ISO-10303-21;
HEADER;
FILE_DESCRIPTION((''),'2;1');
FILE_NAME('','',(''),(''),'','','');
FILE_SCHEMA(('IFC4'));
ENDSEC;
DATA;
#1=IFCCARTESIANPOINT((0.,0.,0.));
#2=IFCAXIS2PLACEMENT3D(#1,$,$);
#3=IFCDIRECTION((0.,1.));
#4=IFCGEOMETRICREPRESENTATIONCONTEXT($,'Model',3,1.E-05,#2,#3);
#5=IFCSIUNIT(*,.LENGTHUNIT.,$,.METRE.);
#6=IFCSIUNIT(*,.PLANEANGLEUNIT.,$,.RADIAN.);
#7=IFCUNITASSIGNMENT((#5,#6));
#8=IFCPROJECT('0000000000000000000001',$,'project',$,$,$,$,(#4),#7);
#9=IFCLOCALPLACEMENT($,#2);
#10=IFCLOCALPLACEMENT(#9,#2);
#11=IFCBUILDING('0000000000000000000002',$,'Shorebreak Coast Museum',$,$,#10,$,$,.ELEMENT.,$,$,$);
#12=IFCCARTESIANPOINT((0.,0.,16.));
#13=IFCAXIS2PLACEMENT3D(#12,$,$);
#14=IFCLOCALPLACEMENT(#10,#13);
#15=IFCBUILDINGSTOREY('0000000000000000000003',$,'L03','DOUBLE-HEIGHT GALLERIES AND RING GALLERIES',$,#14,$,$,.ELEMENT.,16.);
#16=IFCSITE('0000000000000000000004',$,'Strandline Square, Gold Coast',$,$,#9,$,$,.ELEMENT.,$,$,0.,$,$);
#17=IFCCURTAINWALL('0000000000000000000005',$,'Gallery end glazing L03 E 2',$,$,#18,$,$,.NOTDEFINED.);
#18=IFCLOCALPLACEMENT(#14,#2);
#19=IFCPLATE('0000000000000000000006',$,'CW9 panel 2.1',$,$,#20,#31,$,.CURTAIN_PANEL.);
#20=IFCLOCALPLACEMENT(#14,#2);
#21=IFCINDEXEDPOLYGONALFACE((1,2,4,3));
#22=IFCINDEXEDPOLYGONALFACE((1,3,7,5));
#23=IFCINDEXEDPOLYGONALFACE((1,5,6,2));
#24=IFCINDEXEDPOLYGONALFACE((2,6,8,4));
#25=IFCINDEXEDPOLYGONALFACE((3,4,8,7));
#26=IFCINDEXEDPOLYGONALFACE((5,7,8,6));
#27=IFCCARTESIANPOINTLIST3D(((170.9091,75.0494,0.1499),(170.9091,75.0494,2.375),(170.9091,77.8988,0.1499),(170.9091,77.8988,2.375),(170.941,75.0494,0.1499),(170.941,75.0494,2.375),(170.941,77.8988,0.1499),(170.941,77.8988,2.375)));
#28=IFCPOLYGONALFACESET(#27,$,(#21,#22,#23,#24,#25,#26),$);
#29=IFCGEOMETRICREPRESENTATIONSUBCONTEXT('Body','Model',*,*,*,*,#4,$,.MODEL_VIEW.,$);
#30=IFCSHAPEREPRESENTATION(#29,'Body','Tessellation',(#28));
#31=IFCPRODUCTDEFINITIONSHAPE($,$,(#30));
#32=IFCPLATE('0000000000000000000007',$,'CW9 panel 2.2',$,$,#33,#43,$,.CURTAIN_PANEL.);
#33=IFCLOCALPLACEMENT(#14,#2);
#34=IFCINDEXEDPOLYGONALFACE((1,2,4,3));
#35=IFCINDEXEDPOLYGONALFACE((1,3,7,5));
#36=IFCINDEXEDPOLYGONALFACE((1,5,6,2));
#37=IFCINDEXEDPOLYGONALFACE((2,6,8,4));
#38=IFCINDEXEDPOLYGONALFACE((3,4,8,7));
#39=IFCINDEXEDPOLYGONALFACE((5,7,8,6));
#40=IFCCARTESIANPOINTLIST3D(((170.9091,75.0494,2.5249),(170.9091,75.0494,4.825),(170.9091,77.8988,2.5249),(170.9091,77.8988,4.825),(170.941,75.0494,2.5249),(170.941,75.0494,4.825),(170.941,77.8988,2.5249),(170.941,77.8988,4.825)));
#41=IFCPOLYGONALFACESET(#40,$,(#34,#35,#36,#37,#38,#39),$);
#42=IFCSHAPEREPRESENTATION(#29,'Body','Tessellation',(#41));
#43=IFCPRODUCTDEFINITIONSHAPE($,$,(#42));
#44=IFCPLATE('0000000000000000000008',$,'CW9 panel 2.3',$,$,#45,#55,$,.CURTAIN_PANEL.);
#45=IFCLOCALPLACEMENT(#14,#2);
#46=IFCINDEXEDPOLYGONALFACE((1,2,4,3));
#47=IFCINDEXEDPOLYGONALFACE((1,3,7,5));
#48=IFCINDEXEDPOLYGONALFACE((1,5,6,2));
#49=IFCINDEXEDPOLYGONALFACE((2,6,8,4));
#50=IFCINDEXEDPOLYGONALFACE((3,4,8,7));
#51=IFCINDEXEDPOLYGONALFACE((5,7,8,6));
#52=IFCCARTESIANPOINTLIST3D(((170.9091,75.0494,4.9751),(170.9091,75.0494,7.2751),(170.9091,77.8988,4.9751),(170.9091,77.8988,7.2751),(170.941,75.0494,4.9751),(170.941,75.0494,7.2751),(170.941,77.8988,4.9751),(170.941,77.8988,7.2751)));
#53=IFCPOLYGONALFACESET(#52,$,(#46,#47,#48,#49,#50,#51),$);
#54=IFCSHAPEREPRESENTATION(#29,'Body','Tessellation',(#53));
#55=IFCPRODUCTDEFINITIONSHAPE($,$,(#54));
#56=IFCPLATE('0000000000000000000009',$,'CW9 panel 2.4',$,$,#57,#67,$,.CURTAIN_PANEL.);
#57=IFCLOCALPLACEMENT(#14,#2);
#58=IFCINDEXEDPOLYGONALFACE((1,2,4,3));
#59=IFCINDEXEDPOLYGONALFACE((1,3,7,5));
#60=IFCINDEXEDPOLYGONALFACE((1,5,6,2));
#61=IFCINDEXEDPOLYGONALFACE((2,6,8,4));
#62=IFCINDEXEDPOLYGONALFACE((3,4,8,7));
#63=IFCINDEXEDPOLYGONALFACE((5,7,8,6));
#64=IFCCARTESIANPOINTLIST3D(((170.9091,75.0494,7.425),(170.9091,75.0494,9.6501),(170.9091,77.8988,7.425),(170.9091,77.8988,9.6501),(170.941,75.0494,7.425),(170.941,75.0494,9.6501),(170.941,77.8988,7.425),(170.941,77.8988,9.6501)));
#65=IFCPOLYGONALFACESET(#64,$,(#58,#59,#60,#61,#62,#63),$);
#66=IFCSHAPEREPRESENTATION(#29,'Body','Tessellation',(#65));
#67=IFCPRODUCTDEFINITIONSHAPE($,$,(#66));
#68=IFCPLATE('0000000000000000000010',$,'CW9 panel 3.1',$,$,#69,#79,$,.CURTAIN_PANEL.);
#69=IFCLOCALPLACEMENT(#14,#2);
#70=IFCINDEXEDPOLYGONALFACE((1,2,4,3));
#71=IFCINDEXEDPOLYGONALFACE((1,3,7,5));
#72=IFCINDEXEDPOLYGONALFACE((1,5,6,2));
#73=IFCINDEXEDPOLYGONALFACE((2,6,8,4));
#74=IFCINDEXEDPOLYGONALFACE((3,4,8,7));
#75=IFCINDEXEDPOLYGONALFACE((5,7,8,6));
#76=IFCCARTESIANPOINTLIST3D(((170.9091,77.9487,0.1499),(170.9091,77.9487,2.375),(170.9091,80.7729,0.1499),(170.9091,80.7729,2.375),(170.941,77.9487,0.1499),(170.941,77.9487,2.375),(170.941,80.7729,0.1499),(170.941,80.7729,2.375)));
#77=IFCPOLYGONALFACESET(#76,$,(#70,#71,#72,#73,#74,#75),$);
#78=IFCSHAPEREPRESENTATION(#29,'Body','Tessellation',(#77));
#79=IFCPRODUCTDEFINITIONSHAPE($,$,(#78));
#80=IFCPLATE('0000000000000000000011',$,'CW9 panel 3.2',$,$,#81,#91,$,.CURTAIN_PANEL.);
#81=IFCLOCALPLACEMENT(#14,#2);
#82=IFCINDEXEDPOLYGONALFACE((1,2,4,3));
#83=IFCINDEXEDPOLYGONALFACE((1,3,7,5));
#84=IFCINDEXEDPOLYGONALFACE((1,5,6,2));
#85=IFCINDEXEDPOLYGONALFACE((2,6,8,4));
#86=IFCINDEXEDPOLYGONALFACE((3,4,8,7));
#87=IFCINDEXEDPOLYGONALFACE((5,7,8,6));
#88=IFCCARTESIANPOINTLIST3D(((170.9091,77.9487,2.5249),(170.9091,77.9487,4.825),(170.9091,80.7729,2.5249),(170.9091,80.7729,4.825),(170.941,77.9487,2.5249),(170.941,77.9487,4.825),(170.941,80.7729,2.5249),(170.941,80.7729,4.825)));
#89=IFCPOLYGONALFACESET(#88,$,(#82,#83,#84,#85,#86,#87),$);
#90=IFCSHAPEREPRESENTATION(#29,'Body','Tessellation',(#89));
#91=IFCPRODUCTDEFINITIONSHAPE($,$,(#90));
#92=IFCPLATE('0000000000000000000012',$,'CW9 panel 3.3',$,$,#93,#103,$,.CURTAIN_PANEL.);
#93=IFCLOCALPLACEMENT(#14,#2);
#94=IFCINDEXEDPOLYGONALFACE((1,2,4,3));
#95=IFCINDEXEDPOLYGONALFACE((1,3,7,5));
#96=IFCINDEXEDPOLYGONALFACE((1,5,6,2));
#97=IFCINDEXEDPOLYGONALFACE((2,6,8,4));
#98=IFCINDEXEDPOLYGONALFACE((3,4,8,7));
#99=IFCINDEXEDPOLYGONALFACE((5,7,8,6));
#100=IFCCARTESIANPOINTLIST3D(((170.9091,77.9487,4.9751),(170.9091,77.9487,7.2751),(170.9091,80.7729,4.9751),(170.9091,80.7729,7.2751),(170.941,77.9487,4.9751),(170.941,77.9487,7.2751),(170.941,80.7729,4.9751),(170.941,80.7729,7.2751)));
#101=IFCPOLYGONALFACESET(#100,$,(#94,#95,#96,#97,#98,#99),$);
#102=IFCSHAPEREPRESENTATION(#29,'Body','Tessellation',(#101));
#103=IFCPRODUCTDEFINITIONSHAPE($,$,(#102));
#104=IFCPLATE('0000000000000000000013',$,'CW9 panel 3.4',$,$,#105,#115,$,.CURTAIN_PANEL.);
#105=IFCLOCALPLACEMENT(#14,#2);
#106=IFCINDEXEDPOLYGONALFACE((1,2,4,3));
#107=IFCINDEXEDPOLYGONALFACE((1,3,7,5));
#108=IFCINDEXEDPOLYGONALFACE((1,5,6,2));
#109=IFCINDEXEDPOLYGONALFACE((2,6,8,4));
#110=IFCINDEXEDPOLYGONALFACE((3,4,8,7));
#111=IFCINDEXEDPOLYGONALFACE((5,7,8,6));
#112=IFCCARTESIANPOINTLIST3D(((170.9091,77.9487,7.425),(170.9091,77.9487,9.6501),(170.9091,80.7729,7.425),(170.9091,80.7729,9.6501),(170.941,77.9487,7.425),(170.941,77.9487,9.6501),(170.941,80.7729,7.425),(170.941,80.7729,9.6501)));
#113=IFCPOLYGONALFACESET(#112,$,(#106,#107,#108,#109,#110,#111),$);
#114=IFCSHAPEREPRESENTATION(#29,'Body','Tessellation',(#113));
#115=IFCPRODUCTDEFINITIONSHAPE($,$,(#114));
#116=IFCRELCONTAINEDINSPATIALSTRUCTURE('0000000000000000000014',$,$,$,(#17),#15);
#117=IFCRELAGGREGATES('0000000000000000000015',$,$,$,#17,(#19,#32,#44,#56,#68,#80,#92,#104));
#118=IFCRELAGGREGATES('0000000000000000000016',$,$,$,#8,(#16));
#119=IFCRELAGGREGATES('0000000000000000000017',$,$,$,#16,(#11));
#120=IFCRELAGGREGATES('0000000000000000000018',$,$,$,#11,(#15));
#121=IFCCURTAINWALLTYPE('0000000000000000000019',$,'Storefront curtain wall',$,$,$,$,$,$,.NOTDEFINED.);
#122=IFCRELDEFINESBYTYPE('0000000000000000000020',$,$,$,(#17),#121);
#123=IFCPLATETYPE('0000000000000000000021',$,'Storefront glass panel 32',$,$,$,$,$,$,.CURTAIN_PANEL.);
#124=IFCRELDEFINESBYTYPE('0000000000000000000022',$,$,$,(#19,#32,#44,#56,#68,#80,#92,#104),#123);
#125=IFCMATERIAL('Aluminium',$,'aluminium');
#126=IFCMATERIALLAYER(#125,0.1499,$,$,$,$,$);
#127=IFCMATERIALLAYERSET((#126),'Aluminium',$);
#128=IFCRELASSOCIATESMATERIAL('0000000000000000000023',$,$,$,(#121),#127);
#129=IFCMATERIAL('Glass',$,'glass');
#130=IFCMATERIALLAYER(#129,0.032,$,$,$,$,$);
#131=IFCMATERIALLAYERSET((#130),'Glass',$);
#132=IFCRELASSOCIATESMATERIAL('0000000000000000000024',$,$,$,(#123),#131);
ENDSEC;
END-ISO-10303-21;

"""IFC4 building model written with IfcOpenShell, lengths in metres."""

from ifc_helpers import new_model, si_unit, direction, frame, origin, origin_2d, place, context, subcontext, project, spatial, rectangle, extrude, material, layer, layer_set, type_object, element, aggregate, save


model = new_model("IFC4")

# Units and contexts
model_context = context("Model", 3, precision=1e-05, world=origin(), true_north=direction((0.0, 1.0)))
body_context = subcontext(model_context, "Body", "Model", "MODEL_VIEW")
ifc_project = project(units=[si_unit("LENGTHUNIT", "METRE"), si_unit("PLANEANGLEUNIT", "RADIAN")], contexts=[model_context])

# Site, building, storey
site_placement = place(None, origin())
site = spatial("IfcSite", under=ifc_project, at=site_placement, Name="Strandline Square, Gold Coast", CompositionType="ELEMENT", RefElevation=0.0)
building_placement = place(site_placement, origin())
building = spatial("IfcBuilding", under=site, at=building_placement, Name="Shorebreak Coast Museum", CompositionType="ELEMENT")
storey_placement = place(building_placement, frame((0.0, 0.0, 16.0)))
storey = spatial("IfcBuildingStorey", under=building, at=storey_placement, Name="L03", Description="DOUBLE-HEIGHT GALLERIES AND RING GALLERIES", CompositionType="ELEMENT", Elevation=16.0)

# Curtain wall, plates
ifc_material_1 = material(Name="Aluminium", Category="aluminium")
ifc_layer_1 = layer(ifc_material_1, 0.1499)
ifc_layer_set_1 = layer_set([ifc_layer_1], Name="Aluminium")
curtain_wall_type = type_object("IfcCurtainWallType", Name="Storefront curtain wall", PredefinedType="NOTDEFINED", material=ifc_layer_set_1)
curtain_wall_placement = place(storey_placement, origin())
curtain_wall = element("IfcCurtainWall", 1, at=curtain_wall_placement, inside=storey, type_object=curtain_wall_type, Name="Gallery end glazing L03 E 2", PredefinedType="NOTDEFINED")
ifc_material_2 = material(Name="Glass", Category="glass")
ifc_layer_2 = layer(ifc_material_2, 0.032)
ifc_layer_set_2 = layer_set([ifc_layer_2], Name="Glass")
plate_type = type_object("IfcPlateType", Name="Storefront glass panel 32", PredefinedType="CURTAIN_PANEL", material=ifc_layer_set_2)
plate_1_placement = place(storey_placement, frame((170.925, 76.4741, 0.1499), z_axis=(0.0, 0.0, 1.0), x_axis=(0.0, 1.0, 0.0)))
plate_1 = element("IfcPlate", 2, at=plate_1_placement, type_object=plate_type, Name="CW9 panel 2.1", PredefinedType="CURTAIN_PANEL", context=body_context, shape_type="SweptSolid", body=[
    extrude(rectangle(XDim=2.8494, YDim=0.032, at=origin_2d()), origin(), (0.0, 0.0, 1.0), 2.2251),
])
plate_2_placement = place(storey_placement, frame((170.925, 76.4741, 2.5249), z_axis=(0.0, 0.0, 1.0), x_axis=(0.0, 1.0, 0.0)))
plate_2 = element("IfcPlate", 3, at=plate_2_placement, type_object=plate_type, Name="CW9 panel 2.2", PredefinedType="CURTAIN_PANEL", context=body_context, shape_type="SweptSolid", body=[
    extrude(rectangle(XDim=2.8494, YDim=0.032, at=origin_2d()), origin(), (0.0, 0.0, 1.0), 2.3),
])
plate_3_placement = place(storey_placement, frame((170.925, 76.4741, 4.9751), z_axis=(0.0, 0.0, 1.0), x_axis=(0.0, 1.0, 0.0)))
plate_3 = element("IfcPlate", 4, at=plate_3_placement, type_object=plate_type, Name="CW9 panel 2.3", PredefinedType="CURTAIN_PANEL", context=body_context, shape_type="SweptSolid", body=[
    extrude(rectangle(XDim=2.8494, YDim=0.032, at=origin_2d()), origin(), (0.0, 0.0, 1.0), 2.3),
])
plate_4_placement = place(storey_placement, frame((170.925, 76.4741, 7.425), z_axis=(0.0, 0.0, 1.0), x_axis=(0.0, 1.0, 0.0)))
plate_4 = element("IfcPlate", 5, at=plate_4_placement, type_object=plate_type, Name="CW9 panel 2.4", PredefinedType="CURTAIN_PANEL", context=body_context, shape_type="SweptSolid", body=[
    extrude(rectangle(XDim=2.8494, YDim=0.032, at=origin_2d()), origin(), (0.0, 0.0, 1.0), 2.2251),
])
plate_5_placement = place(storey_placement, frame((170.925, 79.3608, 0.1499), z_axis=(0.0, 0.0, 1.0), x_axis=(0.0, 1.0, 0.0)))
plate_5 = element("IfcPlate", 6, at=plate_5_placement, type_object=plate_type, Name="CW9 panel 3.1", PredefinedType="CURTAIN_PANEL", context=body_context, shape_type="SweptSolid", body=[
    extrude(rectangle(XDim=2.8242, YDim=0.032, at=origin_2d()), origin(), (0.0, 0.0, 1.0), 2.2251),
])
plate_6_placement = place(storey_placement, frame((170.925, 79.3608, 2.5249), z_axis=(0.0, 0.0, 1.0), x_axis=(0.0, 1.0, 0.0)))
plate_6 = element("IfcPlate", 7, at=plate_6_placement, type_object=plate_type, Name="CW9 panel 3.2", PredefinedType="CURTAIN_PANEL", context=body_context, shape_type="SweptSolid", body=[
    extrude(rectangle(XDim=2.8242, YDim=0.032, at=origin_2d()), origin(), (0.0, 0.0, 1.0), 2.3),
])
plate_7_placement = place(storey_placement, frame((170.925, 79.3608, 4.9751), z_axis=(0.0, 0.0, 1.0), x_axis=(0.0, 1.0, 0.0)))
plate_7 = element("IfcPlate", 8, at=plate_7_placement, type_object=plate_type, Name="CW9 panel 3.3", PredefinedType="CURTAIN_PANEL", context=body_context, shape_type="SweptSolid", body=[
    extrude(rectangle(XDim=2.8242, YDim=0.032, at=origin_2d()), origin(), (0.0, 0.0, 1.0), 2.3),
])
plate_8_placement = place(storey_placement, frame((170.925, 79.3608, 7.425), z_axis=(0.0, 0.0, 1.0), x_axis=(0.0, 1.0, 0.0)))
plate_8 = element("IfcPlate", 9, at=plate_8_placement, type_object=plate_type, Name="CW9 panel 3.4", PredefinedType="CURTAIN_PANEL", context=body_context, shape_type="SweptSolid", body=[
    extrude(rectangle(XDim=2.8242, YDim=0.032, at=origin_2d()), origin(), (0.0, 0.0, 1.0), 2.2251),
])
aggregate(curtain_wall, [plate_1, plate_2, plate_3, plate_4, plate_5, plate_6, plate_7, plate_8])

save(model, "model.ifc")
